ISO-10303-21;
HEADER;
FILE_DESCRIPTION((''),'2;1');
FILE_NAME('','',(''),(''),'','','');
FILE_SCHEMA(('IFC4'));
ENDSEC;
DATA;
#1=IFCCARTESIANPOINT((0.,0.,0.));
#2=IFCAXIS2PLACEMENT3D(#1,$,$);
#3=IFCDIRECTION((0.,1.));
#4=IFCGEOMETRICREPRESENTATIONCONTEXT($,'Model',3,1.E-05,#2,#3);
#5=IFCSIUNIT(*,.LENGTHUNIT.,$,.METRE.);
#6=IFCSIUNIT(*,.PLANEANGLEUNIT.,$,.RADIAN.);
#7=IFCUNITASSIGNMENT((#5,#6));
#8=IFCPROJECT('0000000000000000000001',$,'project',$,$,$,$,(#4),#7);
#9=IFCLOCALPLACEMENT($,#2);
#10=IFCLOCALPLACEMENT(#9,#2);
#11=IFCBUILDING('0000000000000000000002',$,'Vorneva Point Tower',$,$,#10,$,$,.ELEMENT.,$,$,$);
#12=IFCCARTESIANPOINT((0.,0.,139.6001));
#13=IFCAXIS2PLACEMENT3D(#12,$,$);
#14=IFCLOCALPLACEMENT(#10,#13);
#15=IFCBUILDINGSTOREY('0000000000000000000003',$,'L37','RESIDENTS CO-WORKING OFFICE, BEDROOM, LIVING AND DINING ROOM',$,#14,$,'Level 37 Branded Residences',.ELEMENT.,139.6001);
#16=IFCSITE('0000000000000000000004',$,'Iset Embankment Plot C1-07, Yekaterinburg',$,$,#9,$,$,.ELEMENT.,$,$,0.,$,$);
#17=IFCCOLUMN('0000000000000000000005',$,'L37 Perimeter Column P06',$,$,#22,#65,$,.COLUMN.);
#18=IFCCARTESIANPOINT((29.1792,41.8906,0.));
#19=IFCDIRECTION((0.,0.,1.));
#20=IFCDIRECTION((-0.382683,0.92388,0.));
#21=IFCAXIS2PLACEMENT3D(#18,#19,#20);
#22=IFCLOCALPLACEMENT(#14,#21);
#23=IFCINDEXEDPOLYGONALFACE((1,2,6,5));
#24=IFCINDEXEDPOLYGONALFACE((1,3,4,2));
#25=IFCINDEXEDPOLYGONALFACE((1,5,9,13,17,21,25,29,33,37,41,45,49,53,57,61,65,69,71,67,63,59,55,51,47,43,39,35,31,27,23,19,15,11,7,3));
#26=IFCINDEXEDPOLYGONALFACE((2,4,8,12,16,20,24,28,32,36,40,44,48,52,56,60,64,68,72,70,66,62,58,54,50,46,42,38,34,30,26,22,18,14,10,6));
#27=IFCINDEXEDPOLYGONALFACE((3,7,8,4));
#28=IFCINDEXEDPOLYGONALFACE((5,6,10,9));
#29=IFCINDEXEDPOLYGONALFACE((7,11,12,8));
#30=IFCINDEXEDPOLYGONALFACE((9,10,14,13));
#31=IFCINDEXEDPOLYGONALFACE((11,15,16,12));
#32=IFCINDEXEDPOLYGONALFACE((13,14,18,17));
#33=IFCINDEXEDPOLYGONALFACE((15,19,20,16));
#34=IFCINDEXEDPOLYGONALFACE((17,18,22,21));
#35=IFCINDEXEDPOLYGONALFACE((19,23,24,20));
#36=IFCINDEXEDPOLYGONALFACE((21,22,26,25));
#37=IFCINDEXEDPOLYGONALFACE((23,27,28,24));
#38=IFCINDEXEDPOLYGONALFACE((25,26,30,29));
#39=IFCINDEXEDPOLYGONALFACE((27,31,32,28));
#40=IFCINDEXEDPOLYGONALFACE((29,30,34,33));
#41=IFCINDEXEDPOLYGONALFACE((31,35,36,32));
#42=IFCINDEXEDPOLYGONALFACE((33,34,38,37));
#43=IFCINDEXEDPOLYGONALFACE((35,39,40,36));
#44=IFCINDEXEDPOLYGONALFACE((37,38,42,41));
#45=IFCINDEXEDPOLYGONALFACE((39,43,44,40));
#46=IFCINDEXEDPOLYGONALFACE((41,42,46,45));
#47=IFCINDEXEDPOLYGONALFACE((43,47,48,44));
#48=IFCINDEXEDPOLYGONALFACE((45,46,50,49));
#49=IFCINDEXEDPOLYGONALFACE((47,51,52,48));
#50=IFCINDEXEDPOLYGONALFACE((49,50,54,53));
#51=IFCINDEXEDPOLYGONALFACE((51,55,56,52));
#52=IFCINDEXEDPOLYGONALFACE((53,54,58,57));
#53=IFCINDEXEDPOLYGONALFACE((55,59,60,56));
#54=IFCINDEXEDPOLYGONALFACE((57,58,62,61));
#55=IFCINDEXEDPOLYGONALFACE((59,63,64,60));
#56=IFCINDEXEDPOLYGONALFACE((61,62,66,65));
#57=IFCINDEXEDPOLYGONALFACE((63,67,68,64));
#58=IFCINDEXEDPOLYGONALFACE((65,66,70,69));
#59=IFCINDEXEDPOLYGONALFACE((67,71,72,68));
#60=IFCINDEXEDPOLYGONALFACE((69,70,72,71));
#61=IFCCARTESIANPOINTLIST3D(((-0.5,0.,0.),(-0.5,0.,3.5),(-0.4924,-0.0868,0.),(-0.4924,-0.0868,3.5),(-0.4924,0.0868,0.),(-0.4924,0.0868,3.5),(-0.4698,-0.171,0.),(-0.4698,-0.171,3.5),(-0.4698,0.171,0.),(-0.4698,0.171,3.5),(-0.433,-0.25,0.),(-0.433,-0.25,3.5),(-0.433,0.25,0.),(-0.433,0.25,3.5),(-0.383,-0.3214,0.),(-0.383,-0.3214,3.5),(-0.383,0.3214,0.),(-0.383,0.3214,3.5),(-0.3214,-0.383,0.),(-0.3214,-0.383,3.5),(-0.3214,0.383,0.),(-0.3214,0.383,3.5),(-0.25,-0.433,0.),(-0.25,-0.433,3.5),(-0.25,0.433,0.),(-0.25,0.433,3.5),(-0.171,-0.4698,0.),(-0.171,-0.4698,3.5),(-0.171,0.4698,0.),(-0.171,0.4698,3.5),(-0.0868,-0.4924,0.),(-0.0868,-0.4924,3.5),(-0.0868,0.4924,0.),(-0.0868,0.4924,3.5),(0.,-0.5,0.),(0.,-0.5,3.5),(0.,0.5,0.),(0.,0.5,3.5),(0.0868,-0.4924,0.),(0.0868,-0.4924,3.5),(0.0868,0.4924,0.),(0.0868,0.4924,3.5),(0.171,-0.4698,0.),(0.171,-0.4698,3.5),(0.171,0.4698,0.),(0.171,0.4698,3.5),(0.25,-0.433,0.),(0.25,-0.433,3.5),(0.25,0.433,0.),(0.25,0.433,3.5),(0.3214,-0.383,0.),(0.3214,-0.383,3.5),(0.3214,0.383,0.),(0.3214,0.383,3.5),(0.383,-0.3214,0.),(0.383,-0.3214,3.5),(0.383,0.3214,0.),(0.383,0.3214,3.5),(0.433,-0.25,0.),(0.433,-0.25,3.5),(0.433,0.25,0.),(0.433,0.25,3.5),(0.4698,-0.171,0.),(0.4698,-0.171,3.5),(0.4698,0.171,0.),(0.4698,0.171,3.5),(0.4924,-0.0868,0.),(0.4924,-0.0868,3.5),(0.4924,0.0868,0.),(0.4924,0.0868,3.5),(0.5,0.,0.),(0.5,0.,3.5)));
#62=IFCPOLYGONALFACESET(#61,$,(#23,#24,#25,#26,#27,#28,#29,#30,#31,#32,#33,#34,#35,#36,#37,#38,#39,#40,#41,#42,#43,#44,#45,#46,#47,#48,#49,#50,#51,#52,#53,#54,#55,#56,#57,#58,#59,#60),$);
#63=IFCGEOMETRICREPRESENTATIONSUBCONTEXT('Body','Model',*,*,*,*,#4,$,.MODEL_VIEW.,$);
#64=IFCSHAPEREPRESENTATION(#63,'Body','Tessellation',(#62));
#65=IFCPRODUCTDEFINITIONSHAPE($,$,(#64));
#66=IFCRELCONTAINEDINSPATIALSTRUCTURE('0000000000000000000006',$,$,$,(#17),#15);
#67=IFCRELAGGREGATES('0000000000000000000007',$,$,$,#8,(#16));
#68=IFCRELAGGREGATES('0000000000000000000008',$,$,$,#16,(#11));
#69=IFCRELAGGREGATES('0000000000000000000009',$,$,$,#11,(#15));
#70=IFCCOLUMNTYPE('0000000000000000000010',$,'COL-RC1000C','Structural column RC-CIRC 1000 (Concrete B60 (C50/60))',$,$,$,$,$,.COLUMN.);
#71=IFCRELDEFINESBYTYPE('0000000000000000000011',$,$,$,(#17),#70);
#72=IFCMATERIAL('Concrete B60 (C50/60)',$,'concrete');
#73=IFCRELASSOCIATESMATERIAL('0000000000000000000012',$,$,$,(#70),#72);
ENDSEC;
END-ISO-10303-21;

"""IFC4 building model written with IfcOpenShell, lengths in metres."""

from ifc_helpers import new_model, si_unit, direction, frame, origin, origin_2d, place, context, subcontext, project, spatial, circle, extrude, material, material_profile, profile_set, type_object, element, save


model = new_model("IFC4")

# Units and contexts
model_context = context("Model", 3, precision=1e-05, world=origin(), true_north=direction((0.0, 1.0)))
body_context = subcontext(model_context, "Body", "Model", "MODEL_VIEW")
ifc_project = project(units=[si_unit("LENGTHUNIT", "METRE"), si_unit("PLANEANGLEUNIT", "RADIAN")], contexts=[model_context])

# Site, building, storey
site_placement = place(None, origin())
site = spatial("IfcSite", under=ifc_project, at=site_placement, Name="Iset Embankment Plot C1-07, Yekaterinburg", CompositionType="ELEMENT", RefElevation=0.0)
building_placement = place(site_placement, origin())
building = spatial("IfcBuilding", under=site, at=building_placement, Name="Vorneva Point Tower", CompositionType="ELEMENT")
storey_placement = place(building_placement, frame((0.0, 0.0, 139.6001)))
storey = spatial("IfcBuildingStorey", under=building, at=storey_placement, Name="L37", Description="RESIDENTS CO-WORKING OFFICE, BEDROOM, LIVING AND DINING ROOM", LongName="Level 37 Branded Residences", CompositionType="ELEMENT", Elevation=139.6001)

# Column
ifc_material_1 = material(Name="Concrete B60 (C50/60)", Category="concrete")
ifc_material_profile_1 = material_profile(ifc_material_1, circle(Radius=0.5, at=origin_2d()), Name="RC-CIRC 1000")
ifc_profile_set_1 = profile_set([ifc_material_profile_1], Name="Concrete B60 (C50/60)")
column_type = type_object("IfcColumnType", Name="COL-RC1000C", Description="Structural column RC-CIRC 1000 (Concrete B60 (C50/60))", PredefinedType="COLUMN", material=ifc_profile_set_1)
column_placement = place(storey_placement, frame((29.1792, 41.8906, 0.0), z_axis=(0.0, 0.0, 1.0), x_axis=(-0.382683, 0.92388, 0.0)))
element("IfcColumn", 1, at=column_placement, inside=storey, type_object=column_type, Name="L37 Perimeter Column P06", PredefinedType="COLUMN", context=body_context, shape_type="SweptSolid", body=[
    extrude(circle(Radius=0.5, at=origin_2d()), origin(), (0.0, 0.0, 1.0), 3.5),
])

save(model, "model.ifc")
